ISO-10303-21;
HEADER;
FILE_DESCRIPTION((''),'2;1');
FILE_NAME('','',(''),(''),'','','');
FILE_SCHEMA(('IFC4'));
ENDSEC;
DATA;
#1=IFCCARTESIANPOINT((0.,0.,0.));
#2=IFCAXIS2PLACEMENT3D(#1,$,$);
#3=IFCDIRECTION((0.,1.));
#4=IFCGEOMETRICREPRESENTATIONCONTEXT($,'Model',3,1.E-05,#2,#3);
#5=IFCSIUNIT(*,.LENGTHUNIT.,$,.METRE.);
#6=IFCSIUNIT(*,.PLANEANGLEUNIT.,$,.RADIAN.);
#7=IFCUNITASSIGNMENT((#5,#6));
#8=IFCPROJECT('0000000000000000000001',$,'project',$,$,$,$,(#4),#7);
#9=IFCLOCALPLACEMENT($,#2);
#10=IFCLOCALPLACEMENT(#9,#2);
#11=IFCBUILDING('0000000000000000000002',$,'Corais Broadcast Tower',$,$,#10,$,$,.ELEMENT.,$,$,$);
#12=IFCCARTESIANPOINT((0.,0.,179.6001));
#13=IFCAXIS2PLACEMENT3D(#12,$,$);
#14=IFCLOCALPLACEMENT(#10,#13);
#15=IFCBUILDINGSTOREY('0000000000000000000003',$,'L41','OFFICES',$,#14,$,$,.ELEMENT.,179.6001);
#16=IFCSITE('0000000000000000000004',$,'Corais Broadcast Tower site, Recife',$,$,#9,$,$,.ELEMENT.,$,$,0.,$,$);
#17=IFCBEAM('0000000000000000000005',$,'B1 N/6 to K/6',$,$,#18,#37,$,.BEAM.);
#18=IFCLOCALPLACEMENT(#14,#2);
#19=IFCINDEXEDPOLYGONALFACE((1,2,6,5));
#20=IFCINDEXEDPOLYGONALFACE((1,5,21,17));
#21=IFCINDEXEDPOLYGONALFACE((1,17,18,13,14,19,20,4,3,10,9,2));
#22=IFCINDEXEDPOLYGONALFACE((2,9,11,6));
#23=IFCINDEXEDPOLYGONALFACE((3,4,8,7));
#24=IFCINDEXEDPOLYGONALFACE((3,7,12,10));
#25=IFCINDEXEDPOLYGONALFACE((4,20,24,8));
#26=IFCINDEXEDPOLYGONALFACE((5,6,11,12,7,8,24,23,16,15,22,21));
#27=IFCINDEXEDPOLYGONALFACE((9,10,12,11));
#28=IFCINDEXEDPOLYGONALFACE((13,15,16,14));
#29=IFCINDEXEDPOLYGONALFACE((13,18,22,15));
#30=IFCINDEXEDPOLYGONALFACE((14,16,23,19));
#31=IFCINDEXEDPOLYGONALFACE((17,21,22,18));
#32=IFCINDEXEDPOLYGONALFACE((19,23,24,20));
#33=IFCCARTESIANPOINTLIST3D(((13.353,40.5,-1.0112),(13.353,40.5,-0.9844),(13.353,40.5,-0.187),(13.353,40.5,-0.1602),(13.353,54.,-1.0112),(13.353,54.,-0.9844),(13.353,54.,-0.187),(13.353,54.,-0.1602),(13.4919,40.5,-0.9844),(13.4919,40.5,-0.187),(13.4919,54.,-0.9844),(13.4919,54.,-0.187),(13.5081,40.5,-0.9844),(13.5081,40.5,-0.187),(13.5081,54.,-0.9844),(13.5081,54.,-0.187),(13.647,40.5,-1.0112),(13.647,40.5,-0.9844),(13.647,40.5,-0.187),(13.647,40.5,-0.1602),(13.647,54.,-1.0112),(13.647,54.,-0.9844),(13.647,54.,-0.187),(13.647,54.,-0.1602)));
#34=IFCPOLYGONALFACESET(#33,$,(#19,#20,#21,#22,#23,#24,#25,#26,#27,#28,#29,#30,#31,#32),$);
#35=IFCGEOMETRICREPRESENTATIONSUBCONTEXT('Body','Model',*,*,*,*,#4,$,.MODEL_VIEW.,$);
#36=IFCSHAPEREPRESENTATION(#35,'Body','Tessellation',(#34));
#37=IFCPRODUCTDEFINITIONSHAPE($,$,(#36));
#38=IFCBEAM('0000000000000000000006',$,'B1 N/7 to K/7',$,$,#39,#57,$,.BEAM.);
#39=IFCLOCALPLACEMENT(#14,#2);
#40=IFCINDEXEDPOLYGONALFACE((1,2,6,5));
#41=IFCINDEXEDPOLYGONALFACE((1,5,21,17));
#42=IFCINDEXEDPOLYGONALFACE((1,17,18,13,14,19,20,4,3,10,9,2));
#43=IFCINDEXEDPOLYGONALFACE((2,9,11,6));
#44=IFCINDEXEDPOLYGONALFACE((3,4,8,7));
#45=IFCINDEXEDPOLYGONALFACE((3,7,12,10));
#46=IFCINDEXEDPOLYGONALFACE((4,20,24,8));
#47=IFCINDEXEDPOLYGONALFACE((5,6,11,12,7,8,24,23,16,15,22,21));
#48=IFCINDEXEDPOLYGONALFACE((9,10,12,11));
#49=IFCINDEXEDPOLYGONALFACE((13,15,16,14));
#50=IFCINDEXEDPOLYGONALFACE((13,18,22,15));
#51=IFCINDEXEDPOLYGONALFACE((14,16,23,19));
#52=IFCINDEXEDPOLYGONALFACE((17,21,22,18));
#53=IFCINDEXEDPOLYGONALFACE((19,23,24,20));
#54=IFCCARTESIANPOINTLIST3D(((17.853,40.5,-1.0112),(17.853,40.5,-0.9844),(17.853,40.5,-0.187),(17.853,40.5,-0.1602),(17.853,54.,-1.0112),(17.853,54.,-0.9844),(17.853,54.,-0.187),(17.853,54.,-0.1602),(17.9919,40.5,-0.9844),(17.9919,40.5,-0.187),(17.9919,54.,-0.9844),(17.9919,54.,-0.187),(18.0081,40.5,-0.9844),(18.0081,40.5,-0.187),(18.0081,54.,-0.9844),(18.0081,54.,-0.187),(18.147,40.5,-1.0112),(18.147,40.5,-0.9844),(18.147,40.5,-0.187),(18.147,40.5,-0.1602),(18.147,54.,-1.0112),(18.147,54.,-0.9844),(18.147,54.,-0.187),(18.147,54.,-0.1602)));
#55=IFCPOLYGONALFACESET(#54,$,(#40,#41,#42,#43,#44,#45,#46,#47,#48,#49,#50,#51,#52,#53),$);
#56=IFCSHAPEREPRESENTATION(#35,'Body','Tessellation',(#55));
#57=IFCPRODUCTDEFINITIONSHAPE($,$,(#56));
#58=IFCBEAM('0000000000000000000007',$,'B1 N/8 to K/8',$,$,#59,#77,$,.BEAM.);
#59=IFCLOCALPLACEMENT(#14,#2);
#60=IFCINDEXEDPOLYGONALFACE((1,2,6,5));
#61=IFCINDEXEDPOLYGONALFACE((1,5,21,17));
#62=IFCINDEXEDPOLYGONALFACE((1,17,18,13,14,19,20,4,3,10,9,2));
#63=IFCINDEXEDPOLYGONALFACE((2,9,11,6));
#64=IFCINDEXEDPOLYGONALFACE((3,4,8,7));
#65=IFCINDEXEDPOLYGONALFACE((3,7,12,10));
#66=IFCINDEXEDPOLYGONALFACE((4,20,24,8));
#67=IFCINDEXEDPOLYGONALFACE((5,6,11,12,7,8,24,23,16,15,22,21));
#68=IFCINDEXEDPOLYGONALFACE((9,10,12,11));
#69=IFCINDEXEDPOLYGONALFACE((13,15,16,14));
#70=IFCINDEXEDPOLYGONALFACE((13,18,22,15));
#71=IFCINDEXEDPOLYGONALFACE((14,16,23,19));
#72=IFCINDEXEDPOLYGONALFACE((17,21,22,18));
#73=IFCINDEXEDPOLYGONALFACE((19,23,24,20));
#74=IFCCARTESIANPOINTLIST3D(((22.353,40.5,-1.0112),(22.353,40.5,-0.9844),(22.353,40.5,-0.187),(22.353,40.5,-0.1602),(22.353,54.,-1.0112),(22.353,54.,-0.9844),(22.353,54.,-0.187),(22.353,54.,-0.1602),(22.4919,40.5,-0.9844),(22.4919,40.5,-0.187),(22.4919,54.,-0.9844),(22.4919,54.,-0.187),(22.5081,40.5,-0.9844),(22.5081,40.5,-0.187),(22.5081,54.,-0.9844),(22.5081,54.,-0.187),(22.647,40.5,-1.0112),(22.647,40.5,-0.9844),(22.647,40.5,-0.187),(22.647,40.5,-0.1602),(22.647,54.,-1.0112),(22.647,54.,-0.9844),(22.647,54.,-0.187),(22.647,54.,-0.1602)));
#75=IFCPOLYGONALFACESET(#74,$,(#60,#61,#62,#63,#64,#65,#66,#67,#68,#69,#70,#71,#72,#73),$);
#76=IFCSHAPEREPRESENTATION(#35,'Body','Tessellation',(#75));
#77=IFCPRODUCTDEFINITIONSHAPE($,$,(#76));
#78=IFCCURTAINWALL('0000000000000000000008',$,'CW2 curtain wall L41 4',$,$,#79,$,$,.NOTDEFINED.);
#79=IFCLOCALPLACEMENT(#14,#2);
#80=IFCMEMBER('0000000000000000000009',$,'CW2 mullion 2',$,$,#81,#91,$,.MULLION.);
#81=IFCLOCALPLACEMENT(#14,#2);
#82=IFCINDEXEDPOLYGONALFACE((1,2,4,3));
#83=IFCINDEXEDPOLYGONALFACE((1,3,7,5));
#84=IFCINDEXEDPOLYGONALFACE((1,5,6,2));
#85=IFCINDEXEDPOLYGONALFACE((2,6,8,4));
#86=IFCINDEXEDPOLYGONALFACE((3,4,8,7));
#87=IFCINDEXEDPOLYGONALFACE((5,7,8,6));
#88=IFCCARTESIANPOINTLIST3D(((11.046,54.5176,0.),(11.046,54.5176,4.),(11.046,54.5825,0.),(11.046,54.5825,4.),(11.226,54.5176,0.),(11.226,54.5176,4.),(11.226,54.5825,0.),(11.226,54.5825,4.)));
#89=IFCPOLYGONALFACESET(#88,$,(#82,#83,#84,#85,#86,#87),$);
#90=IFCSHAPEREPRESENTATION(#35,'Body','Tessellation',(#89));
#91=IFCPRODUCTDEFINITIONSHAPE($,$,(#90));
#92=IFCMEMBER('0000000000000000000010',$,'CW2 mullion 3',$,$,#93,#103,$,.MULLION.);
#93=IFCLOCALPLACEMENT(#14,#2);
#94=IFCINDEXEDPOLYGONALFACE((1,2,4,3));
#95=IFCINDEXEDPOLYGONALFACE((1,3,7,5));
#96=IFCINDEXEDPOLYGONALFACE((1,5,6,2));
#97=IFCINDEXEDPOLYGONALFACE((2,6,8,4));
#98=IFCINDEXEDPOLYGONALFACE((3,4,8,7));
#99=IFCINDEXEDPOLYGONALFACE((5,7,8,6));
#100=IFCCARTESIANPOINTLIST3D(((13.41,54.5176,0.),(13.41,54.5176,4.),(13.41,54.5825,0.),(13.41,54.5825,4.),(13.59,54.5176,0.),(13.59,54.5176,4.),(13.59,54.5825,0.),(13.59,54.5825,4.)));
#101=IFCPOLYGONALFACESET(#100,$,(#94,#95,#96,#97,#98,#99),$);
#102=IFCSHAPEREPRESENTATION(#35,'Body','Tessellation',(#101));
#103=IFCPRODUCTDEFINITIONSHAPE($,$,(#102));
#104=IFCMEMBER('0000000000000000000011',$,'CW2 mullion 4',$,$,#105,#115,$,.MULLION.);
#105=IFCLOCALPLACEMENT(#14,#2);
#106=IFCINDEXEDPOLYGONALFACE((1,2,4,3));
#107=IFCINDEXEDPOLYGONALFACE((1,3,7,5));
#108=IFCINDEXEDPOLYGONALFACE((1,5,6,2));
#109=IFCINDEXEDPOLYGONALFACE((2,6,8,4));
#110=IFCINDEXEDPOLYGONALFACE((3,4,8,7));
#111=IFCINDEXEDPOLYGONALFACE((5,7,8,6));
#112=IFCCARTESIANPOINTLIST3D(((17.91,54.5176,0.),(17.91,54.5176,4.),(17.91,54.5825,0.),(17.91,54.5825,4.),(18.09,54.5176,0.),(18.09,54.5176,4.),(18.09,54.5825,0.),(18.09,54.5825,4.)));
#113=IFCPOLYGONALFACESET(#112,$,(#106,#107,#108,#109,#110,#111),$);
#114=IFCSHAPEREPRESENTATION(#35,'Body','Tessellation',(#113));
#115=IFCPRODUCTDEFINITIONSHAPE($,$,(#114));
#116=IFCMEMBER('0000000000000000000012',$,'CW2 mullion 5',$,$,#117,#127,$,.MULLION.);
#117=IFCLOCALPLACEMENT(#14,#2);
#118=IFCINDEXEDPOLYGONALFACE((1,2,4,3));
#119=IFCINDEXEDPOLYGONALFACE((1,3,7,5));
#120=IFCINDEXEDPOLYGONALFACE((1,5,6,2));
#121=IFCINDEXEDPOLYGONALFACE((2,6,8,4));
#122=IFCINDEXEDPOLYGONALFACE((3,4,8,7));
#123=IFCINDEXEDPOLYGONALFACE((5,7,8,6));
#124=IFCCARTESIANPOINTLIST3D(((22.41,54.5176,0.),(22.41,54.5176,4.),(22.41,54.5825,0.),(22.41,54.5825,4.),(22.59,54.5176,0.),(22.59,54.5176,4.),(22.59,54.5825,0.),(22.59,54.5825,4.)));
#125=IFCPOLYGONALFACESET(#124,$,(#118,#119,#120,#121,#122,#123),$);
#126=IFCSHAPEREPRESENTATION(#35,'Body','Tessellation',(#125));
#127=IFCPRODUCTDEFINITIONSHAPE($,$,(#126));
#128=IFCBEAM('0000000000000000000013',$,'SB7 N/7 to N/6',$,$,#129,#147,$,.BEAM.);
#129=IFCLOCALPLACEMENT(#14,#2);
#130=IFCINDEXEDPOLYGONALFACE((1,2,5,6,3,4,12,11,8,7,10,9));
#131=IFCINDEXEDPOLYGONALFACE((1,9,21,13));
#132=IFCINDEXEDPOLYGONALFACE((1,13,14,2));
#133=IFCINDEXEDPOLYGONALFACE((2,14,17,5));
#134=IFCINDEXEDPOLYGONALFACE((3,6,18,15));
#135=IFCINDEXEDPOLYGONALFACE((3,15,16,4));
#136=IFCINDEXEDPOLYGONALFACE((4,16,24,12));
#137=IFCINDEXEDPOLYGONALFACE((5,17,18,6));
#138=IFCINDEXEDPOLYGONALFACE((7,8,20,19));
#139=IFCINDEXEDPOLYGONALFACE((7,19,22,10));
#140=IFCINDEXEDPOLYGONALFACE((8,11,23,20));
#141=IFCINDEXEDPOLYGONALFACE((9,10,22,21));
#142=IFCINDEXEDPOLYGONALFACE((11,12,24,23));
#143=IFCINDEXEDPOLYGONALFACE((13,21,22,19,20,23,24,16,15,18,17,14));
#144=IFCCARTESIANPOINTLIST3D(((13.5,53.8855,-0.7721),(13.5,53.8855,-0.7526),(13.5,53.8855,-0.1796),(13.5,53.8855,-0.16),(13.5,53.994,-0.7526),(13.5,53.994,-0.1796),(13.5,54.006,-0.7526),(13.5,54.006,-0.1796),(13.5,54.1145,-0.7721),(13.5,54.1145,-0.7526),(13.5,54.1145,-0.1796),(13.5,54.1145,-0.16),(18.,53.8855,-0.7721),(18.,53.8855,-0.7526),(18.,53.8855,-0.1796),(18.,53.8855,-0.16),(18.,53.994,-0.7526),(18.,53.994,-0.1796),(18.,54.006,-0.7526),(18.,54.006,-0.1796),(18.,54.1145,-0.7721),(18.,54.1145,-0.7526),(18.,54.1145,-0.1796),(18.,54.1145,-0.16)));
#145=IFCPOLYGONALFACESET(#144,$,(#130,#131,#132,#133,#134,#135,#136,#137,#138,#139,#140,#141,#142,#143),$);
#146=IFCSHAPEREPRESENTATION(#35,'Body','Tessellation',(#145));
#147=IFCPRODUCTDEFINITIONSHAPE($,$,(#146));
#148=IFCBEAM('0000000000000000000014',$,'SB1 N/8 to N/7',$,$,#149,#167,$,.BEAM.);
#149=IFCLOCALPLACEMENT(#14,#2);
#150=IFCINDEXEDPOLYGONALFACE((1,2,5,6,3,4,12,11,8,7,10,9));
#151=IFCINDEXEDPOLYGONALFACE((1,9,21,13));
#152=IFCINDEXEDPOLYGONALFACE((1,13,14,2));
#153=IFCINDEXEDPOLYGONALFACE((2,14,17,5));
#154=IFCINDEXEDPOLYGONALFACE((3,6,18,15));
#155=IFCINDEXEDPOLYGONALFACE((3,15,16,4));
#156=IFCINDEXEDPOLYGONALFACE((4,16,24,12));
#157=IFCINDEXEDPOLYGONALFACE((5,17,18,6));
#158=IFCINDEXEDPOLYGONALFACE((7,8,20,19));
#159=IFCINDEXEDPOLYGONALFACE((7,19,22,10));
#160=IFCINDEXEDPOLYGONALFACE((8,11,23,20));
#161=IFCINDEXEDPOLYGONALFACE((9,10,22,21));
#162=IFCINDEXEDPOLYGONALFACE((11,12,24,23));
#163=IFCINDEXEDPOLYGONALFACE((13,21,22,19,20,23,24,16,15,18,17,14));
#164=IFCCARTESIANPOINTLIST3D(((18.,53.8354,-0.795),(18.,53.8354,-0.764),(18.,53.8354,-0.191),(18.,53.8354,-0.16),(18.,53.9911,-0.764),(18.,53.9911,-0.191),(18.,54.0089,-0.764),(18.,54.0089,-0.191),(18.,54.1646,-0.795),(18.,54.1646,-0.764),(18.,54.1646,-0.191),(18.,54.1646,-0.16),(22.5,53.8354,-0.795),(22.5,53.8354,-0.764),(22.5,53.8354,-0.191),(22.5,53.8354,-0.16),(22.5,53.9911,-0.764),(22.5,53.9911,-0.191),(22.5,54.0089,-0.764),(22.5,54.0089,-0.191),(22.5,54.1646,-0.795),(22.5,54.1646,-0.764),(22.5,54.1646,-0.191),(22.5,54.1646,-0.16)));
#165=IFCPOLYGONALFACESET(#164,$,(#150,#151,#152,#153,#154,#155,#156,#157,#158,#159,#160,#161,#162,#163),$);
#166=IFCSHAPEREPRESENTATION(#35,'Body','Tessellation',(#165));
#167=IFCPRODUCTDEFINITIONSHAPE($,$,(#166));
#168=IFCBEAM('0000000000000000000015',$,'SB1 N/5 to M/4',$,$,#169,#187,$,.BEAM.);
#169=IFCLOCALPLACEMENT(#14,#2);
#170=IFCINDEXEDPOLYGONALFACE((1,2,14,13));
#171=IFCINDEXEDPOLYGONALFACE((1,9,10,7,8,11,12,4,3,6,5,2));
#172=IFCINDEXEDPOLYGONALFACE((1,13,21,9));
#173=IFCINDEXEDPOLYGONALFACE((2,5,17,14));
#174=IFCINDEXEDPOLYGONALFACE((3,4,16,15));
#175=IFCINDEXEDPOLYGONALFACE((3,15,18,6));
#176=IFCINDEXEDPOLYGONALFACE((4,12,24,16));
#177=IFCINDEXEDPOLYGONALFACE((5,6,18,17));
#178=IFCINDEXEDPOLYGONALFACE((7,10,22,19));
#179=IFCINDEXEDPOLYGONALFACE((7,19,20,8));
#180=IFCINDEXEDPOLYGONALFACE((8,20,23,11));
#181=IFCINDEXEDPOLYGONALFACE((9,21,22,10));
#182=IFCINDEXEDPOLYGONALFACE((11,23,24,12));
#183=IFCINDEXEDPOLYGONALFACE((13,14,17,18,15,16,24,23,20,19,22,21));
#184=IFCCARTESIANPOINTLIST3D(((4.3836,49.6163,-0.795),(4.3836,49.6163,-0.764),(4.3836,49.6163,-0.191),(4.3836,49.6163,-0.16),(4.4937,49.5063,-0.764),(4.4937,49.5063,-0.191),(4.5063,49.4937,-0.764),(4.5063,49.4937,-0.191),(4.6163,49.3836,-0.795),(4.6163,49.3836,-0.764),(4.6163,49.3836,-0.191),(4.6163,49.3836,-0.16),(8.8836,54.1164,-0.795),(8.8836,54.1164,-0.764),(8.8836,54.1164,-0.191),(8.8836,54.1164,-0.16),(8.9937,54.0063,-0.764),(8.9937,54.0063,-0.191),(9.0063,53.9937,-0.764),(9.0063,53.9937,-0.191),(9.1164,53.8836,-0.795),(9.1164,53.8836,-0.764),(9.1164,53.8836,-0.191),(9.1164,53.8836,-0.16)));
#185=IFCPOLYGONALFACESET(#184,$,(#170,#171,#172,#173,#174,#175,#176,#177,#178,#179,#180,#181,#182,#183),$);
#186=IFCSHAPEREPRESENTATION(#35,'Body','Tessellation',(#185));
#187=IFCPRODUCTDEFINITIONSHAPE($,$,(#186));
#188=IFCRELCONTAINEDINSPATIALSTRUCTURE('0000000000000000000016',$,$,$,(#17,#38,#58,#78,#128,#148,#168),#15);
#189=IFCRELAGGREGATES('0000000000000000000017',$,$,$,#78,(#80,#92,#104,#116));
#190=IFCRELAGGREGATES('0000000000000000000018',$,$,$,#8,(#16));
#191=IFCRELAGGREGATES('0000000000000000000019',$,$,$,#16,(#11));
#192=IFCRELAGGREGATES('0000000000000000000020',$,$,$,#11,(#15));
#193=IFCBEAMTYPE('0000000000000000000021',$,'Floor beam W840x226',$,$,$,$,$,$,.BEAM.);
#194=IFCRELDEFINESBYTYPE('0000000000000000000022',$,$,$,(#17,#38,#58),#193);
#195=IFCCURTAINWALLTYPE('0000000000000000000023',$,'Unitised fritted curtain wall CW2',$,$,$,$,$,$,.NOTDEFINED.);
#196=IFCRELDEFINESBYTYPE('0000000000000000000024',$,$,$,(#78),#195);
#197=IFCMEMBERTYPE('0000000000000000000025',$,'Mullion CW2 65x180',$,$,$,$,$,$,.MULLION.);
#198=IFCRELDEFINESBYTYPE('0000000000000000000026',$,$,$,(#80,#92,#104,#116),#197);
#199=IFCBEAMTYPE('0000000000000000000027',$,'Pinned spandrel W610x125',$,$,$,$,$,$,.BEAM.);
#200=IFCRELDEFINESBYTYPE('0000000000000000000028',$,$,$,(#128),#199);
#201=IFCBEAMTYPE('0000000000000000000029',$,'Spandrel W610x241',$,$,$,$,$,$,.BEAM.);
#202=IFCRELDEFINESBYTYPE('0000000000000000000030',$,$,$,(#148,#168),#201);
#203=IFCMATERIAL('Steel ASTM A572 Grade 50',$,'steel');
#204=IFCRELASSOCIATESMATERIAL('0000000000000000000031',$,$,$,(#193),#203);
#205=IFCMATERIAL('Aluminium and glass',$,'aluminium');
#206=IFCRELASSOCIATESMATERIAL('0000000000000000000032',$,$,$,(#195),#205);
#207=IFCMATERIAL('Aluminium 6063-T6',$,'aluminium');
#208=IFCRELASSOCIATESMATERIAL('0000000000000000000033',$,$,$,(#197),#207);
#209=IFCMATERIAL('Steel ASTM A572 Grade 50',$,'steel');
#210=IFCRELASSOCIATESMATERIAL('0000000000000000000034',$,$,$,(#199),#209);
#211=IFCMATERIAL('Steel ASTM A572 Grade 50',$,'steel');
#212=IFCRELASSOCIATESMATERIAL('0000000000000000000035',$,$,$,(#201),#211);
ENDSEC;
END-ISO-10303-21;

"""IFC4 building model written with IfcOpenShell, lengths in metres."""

from ifc_helpers import new_model, si_unit, direction, frame, origin, origin_2d, place, context, subcontext, project, spatial, rectangle, i_section, extrude, material, material_profile, profile_set, type_object, element, aggregate, save


model = new_model("IFC4")

# Units and contexts
model_context = context("Model", 3, precision=1e-05, world=origin(), true_north=direction((0.0, 1.0)))
body_context = subcontext(model_context, "Body", "Model", "MODEL_VIEW")
ifc_project = project(units=[si_unit("LENGTHUNIT", "METRE"), si_unit("PLANEANGLEUNIT", "RADIAN")], contexts=[model_context])

# Site, building, storey
site_placement = place(None, origin())
site = spatial("IfcSite", under=ifc_project, at=site_placement, Name="Corais Broadcast Tower site, Recife", CompositionType="ELEMENT", RefElevation=0.0)
building_placement = place(site_placement, origin())
building = spatial("IfcBuilding", under=site, at=building_placement, Name="Corais Broadcast Tower", CompositionType="ELEMENT")
storey_placement = place(building_placement, frame((0.0, 0.0, 179.6001)))
storey = spatial("IfcBuildingStorey", under=building, at=storey_placement, Name="L41", Description="OFFICES", CompositionType="ELEMENT", Elevation=179.6001)

# Beams
ifc_material_1 = material(Name="Steel ASTM A572 Grade 50", Category="steel")
ifc_material_profile_1 = material_profile(ifc_material_1, i_section(OverallWidth=0.2939, OverallDepth=0.8511, WebThickness=0.0161, FlangeThickness=0.0269, at=origin_2d()), Name="W840x226")
ifc_profile_set_1 = profile_set([ifc_material_profile_1], Name="Steel ASTM A572 Grade 50")
beam_type_1 = type_object("IfcBeamType", Name="Floor beam W840x226", PredefinedType="BEAM", material=ifc_profile_set_1)
for number, where, z_axis, x_axis, name in (
    (1, (13.5, 54.0, -0.5857), (0.0, -1.0, 0.0), (1.0, 0.0, 0.0), "B1 N/6 to K/6"),
    (2, (18.0, 54.0, -0.5857), (0.0, -1.0, 0.0), (1.0, 0.0, 0.0), "B1 N/7 to K/7"),
    (3, (22.5, 54.0, -0.5857), (0.0, -1.0, 0.0), (1.0, 0.0, 0.0), "B1 N/8 to K/8"),
):
    element("IfcBeam", number, at=place(storey_placement, frame(where, z_axis=z_axis, x_axis=x_axis)), inside=storey, type_object=beam_type_1, Name=name, PredefinedType="BEAM", context=body_context, shape_type="SweptSolid", body=[
        extrude(i_section(OverallWidth=0.2939, OverallDepth=0.8511, WebThickness=0.0161, FlangeThickness=0.0269, at=origin_2d()), origin(), (0.0, 0.0, 1.0), 13.5),
    ])

# Curtain wall, members
ifc_material_2 = material(Name="Aluminium and glass", Category="aluminium")
curtain_wall_type = type_object("IfcCurtainWallType", Name="Unitised fritted curtain wall CW2", PredefinedType="NOTDEFINED", material=ifc_material_2)
curtain_wall_placement = place(storey_placement, origin())
curtain_wall = element("IfcCurtainWall", 4, at=curtain_wall_placement, inside=storey, type_object=curtain_wall_type, Name="CW2 curtain wall L41 4", PredefinedType="NOTDEFINED")
ifc_material_3 = material(Name="Aluminium 6063-T6", Category="aluminium")
ifc_material_profile_2 = material_profile(ifc_material_3, rectangle(XDim=0.0649, YDim=0.1799, at=origin_2d()), Name="Mullion CW2 65x180")
ifc_profile_set_2 = profile_set([ifc_material_profile_2], Name="Aluminium 6063-T6")
member_type_1 = type_object("IfcMemberType", Name="Mullion CW2 65x180", PredefinedType="MULLION", material=ifc_profile_set_2)
member_1_placement = place(storey_placement, frame((11.136, 54.55, 0.0), z_axis=(0.0, 0.0, 1.0), x_axis=(0.0, 1.0, 0.0)))
member_1 = element("IfcMember", 5, at=member_1_placement, type_object=member_type_1, Name="CW2 mullion 2", PredefinedType="MULLION", context=body_context, shape_type="SweptSolid", body=[
    extrude(rectangle(XDim=0.0649, YDim=0.1799, at=origin_2d()), origin(), (0.0, 0.0, 1.0), 4.0),
])
member_2_placement = place(storey_placement, frame((13.5, 54.55, 0.0), z_axis=(0.0, 0.0, 1.0), x_axis=(0.0, 1.0, 0.0)))
member_2 = element("IfcMember", 6, at=member_2_placement, type_object=member_type_1, Name="CW2 mullion 3", PredefinedType="MULLION", context=body_context, shape_type="SweptSolid", body=[
    extrude(rectangle(XDim=0.0649, YDim=0.1799, at=origin_2d()), origin(), (0.0, 0.0, 1.0), 4.0),
])
member_3_placement = place(storey_placement, frame((18.0, 54.55, 0.0), z_axis=(0.0, 0.0, 1.0), x_axis=(0.0, 1.0, 0.0)))
member_3 = element("IfcMember", 7, at=member_3_placement, type_object=member_type_1, Name="CW2 mullion 4", PredefinedType="MULLION", context=body_context, shape_type="SweptSolid", body=[
    extrude(rectangle(XDim=0.0649, YDim=0.1799, at=origin_2d()), origin(), (0.0, 0.0, 1.0), 4.0),
])
member_4_placement = place(storey_placement, frame((22.5, 54.55, 0.0), z_axis=(0.0, 0.0, 1.0), x_axis=(0.0, 1.0, 0.0)))
member_4 = element("IfcMember", 8, at=member_4_placement, type_object=member_type_1, Name="CW2 mullion 5", PredefinedType="MULLION", context=body_context, shape_type="SweptSolid", body=[
    extrude(rectangle(XDim=0.0649, YDim=0.1799, at=origin_2d()), origin(), (0.0, 0.0, 1.0), 4.0),
])

# Beams
ifc_material_4 = material(Name="Steel ASTM A572 Grade 50", Category="steel")
ifc_material_profile_3 = material_profile(ifc_material_4, i_section(OverallWidth=0.229, OverallDepth=0.6121, WebThickness=0.012, FlangeThickness=0.0195, at=origin_2d()), Name="W610x125")
ifc_profile_set_3 = profile_set([ifc_material_profile_3], Name="Steel ASTM A572 Grade 50")
beam_type_2 = type_object("IfcBeamType", Name="Pinned spandrel W610x125", PredefinedType="BEAM", material=ifc_profile_set_3)
beam_1_placement = place(storey_placement, frame((18.0, 54.0, -0.4661), z_axis=(-1.0, 0.0, 0.0), x_axis=(0.0, -1.0, 0.0)))
element("IfcBeam", 9, at=beam_1_placement, inside=storey, type_object=beam_type_2, Name="SB7 N/7 to N/6", PredefinedType="BEAM", context=body_context, shape_type="SweptSolid", body=[
    extrude(i_section(OverallWidth=0.229, OverallDepth=0.6121, WebThickness=0.012, FlangeThickness=0.0195, at=origin_2d()), origin(), (0.0, 0.0, 1.0), 4.5),
])
ifc_material_5 = material(Name="Steel ASTM A572 Grade 50", Category="steel")
ifc_material_profile_4 = material_profile(ifc_material_5, i_section(OverallWidth=0.3291, OverallDepth=0.635, WebThickness=0.0178, FlangeThickness=0.031, at=origin_2d()), Name="W610x241")
ifc_profile_set_4 = profile_set([ifc_material_profile_4], Name="Steel ASTM A572 Grade 50")
beam_type_3 = type_object("IfcBeamType", Name="Spandrel W610x241", PredefinedType="BEAM", material=ifc_profile_set_4)
beam_2_placement = place(storey_placement, frame((22.5, 54.0, -0.4775), z_axis=(-1.0, 0.0, 0.0), x_axis=(0.0, -1.0, 0.0)))
element("IfcBeam", 10, at=beam_2_placement, inside=storey, type_object=beam_type_3, Name="SB1 N/8 to N/7", PredefinedType="BEAM", context=body_context, shape_type="SweptSolid", body=[
    extrude(i_section(OverallWidth=0.3291, OverallDepth=0.635, WebThickness=0.0178, FlangeThickness=0.031, at=origin_2d()), origin(), (0.0, 0.0, 1.0), 4.5),
])
beam_3_placement = place(storey_placement, frame((9.0, 54.0, -0.4775), z_axis=(-0.707107, -0.707107, 0.0), x_axis=(0.707107, -0.707107, 0.0)))
element("IfcBeam", 11, at=beam_3_placement, inside=storey, type_object=beam_type_3, Name="SB1 N/5 to M/4", PredefinedType="BEAM", context=body_context, shape_type="SweptSolid", body=[
    extrude(i_section(OverallWidth=0.3291, OverallDepth=0.635, WebThickness=0.0178, FlangeThickness=0.031, at=origin_2d()), origin(), (0.0, 0.0, 1.0), 6.364),
])

aggregate(curtain_wall, [member_1, member_2, member_3, member_4])

save(model, "model.ifc")
